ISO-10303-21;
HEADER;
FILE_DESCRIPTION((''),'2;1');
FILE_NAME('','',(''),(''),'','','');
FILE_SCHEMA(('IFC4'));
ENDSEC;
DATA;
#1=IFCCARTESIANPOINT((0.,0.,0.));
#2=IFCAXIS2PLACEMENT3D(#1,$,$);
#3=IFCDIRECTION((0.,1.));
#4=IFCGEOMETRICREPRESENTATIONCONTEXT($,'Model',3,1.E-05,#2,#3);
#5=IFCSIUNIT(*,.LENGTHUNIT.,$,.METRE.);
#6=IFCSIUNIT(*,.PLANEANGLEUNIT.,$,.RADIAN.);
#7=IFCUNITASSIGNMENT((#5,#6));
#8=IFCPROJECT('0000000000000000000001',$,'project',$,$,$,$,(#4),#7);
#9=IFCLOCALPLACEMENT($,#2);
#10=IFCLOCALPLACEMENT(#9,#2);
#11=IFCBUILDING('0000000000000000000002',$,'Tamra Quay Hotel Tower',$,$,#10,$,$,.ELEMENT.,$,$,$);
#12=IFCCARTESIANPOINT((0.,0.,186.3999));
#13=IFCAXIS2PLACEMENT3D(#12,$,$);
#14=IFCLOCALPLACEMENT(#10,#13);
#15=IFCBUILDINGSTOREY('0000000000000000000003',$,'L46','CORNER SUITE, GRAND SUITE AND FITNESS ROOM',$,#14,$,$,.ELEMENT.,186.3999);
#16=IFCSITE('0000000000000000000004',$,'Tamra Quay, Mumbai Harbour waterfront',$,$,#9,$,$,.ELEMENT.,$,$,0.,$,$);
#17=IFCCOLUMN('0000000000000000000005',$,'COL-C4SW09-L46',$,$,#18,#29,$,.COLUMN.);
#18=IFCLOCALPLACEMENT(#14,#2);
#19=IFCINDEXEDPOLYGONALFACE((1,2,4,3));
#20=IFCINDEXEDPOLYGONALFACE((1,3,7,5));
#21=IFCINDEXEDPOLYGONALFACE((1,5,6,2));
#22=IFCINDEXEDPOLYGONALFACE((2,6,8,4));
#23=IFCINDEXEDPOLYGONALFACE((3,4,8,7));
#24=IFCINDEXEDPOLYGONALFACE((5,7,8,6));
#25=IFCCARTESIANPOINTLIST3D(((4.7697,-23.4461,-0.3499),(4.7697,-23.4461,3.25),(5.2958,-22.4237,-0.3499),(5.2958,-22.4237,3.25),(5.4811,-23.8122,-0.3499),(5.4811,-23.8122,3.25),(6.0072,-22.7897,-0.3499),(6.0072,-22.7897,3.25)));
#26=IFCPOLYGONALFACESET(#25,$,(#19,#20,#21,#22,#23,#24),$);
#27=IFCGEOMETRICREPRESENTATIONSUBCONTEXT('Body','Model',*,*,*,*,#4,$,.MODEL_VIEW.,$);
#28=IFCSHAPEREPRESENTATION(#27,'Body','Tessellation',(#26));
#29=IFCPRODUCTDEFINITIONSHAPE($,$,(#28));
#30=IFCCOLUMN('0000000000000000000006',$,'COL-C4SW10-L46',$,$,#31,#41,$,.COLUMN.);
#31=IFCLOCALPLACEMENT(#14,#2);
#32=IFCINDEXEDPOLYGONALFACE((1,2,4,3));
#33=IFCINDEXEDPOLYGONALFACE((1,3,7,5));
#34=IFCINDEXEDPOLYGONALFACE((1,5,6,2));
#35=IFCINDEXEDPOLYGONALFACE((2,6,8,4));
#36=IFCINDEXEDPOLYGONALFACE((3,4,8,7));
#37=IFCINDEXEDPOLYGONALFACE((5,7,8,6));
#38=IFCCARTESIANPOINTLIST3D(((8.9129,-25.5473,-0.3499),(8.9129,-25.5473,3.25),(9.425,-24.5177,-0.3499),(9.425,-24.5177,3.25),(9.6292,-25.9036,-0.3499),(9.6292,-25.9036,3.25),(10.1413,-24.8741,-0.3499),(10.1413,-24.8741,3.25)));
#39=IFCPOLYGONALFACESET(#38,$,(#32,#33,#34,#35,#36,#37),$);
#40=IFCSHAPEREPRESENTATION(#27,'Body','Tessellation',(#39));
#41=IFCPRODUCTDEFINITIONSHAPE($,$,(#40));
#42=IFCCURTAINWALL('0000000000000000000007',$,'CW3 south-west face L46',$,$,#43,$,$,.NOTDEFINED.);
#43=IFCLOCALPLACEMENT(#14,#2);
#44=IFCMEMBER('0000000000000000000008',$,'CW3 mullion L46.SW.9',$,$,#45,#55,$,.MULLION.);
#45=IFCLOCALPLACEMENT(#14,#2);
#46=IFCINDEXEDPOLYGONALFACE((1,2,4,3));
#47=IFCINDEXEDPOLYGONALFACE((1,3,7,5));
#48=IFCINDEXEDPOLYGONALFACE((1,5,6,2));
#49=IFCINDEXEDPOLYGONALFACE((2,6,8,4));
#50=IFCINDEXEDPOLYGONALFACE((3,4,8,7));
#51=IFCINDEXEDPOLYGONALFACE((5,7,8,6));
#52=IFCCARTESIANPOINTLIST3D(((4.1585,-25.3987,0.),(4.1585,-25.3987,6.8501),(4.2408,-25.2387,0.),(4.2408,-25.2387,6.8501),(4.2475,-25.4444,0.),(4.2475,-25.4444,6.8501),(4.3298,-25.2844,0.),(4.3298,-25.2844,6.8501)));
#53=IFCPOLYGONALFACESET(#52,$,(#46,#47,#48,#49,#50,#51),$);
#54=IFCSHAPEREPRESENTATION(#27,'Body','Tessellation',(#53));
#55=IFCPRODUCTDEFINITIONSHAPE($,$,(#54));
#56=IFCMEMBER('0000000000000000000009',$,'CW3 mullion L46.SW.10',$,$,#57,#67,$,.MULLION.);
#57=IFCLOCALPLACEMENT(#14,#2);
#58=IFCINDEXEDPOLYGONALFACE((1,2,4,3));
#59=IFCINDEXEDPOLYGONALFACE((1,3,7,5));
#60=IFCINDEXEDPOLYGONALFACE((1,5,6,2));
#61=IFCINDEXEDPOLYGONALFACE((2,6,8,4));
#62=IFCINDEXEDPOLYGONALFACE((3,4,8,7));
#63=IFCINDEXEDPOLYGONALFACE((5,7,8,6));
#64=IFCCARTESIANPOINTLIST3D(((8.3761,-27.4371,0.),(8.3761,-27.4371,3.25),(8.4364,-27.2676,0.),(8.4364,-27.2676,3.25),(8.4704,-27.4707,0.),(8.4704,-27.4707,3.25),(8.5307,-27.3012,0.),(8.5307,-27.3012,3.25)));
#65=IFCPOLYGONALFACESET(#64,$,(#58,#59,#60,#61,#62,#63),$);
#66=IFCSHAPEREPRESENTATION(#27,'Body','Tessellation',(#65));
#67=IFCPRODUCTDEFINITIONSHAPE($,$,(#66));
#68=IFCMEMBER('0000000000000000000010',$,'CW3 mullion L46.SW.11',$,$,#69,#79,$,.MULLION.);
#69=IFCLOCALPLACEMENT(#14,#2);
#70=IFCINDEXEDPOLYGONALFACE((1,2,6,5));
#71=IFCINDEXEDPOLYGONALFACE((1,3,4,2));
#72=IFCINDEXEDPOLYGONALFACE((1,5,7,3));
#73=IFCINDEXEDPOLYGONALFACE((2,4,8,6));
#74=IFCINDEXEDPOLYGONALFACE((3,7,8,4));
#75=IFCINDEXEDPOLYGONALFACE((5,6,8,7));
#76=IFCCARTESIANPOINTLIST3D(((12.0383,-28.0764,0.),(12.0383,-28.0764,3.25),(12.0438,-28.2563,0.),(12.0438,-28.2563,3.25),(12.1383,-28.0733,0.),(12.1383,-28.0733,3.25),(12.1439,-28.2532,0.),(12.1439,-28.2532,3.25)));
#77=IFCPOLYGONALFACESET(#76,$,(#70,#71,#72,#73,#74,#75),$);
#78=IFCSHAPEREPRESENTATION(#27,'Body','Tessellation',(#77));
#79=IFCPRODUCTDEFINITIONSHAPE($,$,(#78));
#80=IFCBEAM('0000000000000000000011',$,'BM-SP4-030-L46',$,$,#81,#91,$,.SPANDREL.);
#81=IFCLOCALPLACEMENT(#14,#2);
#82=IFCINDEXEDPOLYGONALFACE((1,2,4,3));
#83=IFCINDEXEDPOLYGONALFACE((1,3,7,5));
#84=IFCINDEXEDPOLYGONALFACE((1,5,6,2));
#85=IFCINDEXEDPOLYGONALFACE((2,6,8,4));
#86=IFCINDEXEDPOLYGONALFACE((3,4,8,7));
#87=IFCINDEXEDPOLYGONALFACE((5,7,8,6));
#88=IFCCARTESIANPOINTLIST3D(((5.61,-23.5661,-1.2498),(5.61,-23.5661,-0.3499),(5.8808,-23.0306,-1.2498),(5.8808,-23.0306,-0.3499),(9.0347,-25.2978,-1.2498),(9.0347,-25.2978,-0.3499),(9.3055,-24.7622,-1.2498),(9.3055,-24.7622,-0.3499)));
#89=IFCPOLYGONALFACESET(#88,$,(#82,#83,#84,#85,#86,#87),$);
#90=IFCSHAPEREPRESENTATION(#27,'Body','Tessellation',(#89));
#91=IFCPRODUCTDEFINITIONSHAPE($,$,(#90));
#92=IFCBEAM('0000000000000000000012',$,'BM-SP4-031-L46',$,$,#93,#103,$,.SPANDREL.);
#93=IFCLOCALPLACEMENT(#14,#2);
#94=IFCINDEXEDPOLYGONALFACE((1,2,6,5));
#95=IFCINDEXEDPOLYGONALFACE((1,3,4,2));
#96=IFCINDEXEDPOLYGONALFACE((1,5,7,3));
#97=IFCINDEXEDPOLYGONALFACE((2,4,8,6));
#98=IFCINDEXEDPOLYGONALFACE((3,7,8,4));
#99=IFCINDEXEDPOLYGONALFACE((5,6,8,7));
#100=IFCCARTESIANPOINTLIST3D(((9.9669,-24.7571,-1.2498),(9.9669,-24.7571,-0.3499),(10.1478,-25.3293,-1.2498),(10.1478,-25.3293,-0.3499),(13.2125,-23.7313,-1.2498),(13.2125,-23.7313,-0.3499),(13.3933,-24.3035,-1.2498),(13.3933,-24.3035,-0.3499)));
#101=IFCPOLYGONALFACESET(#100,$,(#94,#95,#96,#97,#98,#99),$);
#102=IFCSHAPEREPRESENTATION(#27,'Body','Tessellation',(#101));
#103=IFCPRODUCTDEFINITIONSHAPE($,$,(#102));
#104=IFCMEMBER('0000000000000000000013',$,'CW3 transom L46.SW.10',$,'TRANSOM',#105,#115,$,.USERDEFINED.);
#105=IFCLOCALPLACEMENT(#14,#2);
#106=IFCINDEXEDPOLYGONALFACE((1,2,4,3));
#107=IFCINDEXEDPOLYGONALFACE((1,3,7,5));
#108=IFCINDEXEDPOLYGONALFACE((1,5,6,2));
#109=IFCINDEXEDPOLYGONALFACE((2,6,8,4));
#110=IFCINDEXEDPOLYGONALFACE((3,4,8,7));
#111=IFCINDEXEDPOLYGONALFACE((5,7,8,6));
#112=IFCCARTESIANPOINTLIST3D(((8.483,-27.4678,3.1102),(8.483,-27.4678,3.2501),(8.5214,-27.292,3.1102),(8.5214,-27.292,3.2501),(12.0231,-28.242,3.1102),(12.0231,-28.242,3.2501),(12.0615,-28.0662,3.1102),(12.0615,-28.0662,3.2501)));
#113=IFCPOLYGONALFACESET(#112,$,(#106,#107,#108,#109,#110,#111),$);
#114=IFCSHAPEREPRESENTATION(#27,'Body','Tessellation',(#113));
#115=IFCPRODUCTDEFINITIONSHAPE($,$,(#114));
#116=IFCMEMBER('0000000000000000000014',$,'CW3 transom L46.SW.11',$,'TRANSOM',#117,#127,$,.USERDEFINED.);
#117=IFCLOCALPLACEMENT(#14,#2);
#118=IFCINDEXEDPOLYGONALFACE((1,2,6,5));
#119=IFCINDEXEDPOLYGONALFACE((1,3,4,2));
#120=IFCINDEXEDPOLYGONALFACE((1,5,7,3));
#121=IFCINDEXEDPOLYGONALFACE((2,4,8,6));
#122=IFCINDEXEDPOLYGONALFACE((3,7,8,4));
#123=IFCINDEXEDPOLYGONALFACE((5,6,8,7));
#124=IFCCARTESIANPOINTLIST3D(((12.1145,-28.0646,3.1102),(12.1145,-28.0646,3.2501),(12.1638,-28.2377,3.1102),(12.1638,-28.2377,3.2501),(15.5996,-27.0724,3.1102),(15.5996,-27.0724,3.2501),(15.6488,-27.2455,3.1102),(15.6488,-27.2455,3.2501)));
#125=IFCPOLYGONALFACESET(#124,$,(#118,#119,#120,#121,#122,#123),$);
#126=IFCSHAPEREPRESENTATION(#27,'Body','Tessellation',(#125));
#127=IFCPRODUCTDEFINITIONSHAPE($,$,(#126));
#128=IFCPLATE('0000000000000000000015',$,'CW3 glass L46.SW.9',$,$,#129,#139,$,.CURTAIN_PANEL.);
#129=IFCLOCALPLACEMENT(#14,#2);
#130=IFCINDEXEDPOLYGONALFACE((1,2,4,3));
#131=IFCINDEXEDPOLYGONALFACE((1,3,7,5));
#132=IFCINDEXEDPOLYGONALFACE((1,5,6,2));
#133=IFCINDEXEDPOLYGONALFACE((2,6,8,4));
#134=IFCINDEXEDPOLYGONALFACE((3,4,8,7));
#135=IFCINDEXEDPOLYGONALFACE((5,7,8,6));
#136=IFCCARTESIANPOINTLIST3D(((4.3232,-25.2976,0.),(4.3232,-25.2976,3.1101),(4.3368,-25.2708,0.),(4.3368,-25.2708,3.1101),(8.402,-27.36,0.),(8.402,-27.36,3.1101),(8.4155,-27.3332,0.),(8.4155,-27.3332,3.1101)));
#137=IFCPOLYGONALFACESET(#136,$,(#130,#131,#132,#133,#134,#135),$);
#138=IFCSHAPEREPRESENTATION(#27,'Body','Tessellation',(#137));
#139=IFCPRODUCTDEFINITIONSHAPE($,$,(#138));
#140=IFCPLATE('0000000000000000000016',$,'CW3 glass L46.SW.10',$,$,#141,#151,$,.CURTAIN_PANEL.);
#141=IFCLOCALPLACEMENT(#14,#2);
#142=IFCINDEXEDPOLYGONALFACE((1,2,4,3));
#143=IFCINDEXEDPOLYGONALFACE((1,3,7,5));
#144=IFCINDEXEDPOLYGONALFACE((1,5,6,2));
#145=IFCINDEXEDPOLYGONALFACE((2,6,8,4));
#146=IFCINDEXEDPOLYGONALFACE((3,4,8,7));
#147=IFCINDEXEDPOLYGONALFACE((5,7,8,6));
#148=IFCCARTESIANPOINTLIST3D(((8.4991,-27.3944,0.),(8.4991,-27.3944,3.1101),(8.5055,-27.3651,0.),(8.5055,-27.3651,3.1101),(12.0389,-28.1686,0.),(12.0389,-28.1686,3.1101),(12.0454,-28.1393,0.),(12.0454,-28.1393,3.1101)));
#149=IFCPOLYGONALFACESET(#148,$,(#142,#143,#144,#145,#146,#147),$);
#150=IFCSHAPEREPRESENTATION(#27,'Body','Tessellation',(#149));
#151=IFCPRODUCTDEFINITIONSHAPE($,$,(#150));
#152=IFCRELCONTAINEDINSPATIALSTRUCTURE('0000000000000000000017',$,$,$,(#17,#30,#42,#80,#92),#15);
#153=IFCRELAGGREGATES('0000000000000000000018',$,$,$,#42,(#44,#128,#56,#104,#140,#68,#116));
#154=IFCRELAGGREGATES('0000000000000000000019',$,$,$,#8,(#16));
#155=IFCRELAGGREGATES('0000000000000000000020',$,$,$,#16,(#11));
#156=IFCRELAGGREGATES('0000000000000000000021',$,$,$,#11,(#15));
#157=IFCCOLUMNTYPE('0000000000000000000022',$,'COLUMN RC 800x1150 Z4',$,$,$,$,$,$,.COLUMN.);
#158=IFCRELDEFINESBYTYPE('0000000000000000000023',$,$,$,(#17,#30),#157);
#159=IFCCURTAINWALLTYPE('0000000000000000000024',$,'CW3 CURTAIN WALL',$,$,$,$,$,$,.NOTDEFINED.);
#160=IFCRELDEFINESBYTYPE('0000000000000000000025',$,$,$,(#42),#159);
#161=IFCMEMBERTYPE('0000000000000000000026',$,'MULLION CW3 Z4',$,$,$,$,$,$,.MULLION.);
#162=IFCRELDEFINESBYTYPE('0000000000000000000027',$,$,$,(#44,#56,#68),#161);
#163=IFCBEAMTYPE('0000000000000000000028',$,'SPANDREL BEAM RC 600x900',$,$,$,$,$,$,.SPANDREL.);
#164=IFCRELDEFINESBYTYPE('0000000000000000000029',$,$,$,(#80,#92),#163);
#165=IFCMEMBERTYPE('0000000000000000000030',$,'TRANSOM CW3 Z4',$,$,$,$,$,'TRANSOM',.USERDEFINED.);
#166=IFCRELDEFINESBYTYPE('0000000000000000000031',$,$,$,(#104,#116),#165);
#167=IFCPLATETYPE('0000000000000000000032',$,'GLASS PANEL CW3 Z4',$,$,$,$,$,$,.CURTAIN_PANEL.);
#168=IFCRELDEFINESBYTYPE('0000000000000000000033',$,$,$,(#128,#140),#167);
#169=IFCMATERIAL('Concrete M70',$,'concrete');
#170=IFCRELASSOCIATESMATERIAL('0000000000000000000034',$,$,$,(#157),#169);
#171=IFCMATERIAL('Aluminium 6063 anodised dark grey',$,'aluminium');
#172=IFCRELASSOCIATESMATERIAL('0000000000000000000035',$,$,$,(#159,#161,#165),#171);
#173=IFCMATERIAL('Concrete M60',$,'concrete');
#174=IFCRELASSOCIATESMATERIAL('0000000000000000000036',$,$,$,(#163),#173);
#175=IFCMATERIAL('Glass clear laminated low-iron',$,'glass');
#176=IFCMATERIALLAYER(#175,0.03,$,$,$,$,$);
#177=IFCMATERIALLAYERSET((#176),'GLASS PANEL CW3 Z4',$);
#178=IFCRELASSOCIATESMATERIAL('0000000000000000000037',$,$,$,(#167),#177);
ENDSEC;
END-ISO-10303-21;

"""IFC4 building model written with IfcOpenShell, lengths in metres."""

from ifc_helpers import new_model, si_unit, direction, frame, origin, origin_2d, place, context, subcontext, project, spatial, rectangle, extrude, material, layer, layer_set, material_profile, profile_set, type_object, element, aggregate, save


model = new_model("IFC4")

# Units and contexts
model_context = context("Model", 3, precision=1e-05, world=origin(), true_north=direction((0.0, 1.0)))
body_context = subcontext(model_context, "Body", "Model", "MODEL_VIEW")
ifc_project = project(units=[si_unit("LENGTHUNIT", "METRE"), si_unit("PLANEANGLEUNIT", "RADIAN")], contexts=[model_context])

# Site, building, storey
site_placement = place(None, origin())
site = spatial("IfcSite", under=ifc_project, at=site_placement, Name="Tamra Quay, Mumbai Harbour waterfront", CompositionType="ELEMENT", RefElevation=0.0)
building_placement = place(site_placement, origin())
building = spatial("IfcBuilding", under=site, at=building_placement, Name="Tamra Quay Hotel Tower", CompositionType="ELEMENT")
storey_placement = place(building_placement, frame((0.0, 0.0, 186.3999)))
storey = spatial("IfcBuildingStorey", under=building, at=storey_placement, Name="L46", Description="CORNER SUITE, GRAND SUITE AND FITNESS ROOM", CompositionType="ELEMENT", Elevation=186.3999)

# Columns
ifc_material_1 = material(Name="Concrete M70", Category="concrete")
ifc_material_profile_1 = material_profile(ifc_material_1, rectangle(XDim=1.1499, YDim=0.8, at=origin_2d()), Name="COLUMN RC 800x1150 Z4")
ifc_profile_set_1 = profile_set([ifc_material_profile_1], Name="Concrete M70")
column_type = type_object("IfcColumnType", Name="COLUMN RC 800x1150 Z4", PredefinedType="COLUMN", material=ifc_profile_set_1)
for number, where, z_axis, x_axis, name in (
    (1, (5.3884, -23.1179, -0.3499), (0.0, 0.0, 1.0), (0.457548, 0.889185, 0.0), "COL-C4SW09-L46"),
    (2, (9.5271, -25.2107, -0.3499), (0.0, 0.0, 1.0), (0.445415, 0.895324, 0.0), "COL-C4SW10-L46"),
):
    element("IfcColumn", number, at=place(storey_placement, frame(where, z_axis=z_axis, x_axis=x_axis)), inside=storey, type_object=column_type, Name=name, PredefinedType="COLUMN", context=body_context, shape_type="SweptSolid", body=[
        extrude(rectangle(XDim=1.1499, YDim=0.8, at=origin_2d()), origin(), (0.0, 0.0, 1.0), 3.5999),
    ])

# Curtain wall, members
ifc_material_2 = material(Name="Aluminium 6063 anodised dark grey", Category="aluminium")
curtain_wall_type = type_object("IfcCurtainWallType", Name="CW3 CURTAIN WALL", PredefinedType="NOTDEFINED", material=ifc_material_2)
curtain_wall_placement = place(storey_placement, origin())
curtain_wall = element("IfcCurtainWall", 3, at=curtain_wall_placement, inside=storey, type_object=curtain_wall_type, Name="CW3 south-west face L46", PredefinedType="NOTDEFINED")
ifc_material_profile_2 = material_profile(ifc_material_2, rectangle(XDim=0.1799, YDim=0.1001, at=origin_2d()), Name="MULLION 100X180")
ifc_profile_set_2 = profile_set([ifc_material_profile_2], Name="Aluminium 6063 anodised dark grey")
member_type_1 = type_object("IfcMemberType", Name="MULLION CW3 Z4", PredefinedType="MULLION", material=ifc_profile_set_2)
member_1_placement = place(storey_placement, frame((4.2441, -25.3416, 0.0), z_axis=(0.0, 0.0, 1.0), x_axis=(-0.457401, -0.88926, 0.0)))
member_1 = element("IfcMember", 4, at=member_1_placement, type_object=member_type_1, Name="CW3 mullion L46.SW.9", PredefinedType="MULLION", context=body_context, shape_type="SweptSolid", body=[
    extrude(rectangle(XDim=0.1799, YDim=0.1001, at=origin_2d()), origin(), (0.0, 0.0, 1.0), 6.8501),
])
member_2_placement = place(storey_placement, frame((8.4534, -27.3691, 0.0), z_axis=(0.0, 0.0, 1.0), x_axis=(-0.335128, -0.942172, 0.0)))
member_2 = element("IfcMember", 5, at=member_2_placement, type_object=member_type_1, Name="CW3 mullion L46.SW.10", PredefinedType="MULLION", context=body_context, shape_type="SweptSolid", body=[
    extrude(rectangle(XDim=0.1799, YDim=0.1001, at=origin_2d()), origin(), (0.0, 0.0, 1.0), 3.25),
])
member_3_placement = place(storey_placement, frame((12.0911, -28.1648, 0.0), z_axis=(0.0, 0.0, 1.0), x_axis=(0.030975, -0.99952, 0.0)))
member_3 = element("IfcMember", 6, at=member_3_placement, type_object=member_type_1, Name="CW3 mullion L46.SW.11", PredefinedType="MULLION", context=body_context, shape_type="SweptSolid", body=[
    extrude(rectangle(XDim=0.1799, YDim=0.1001, at=origin_2d()), origin(), (0.0, 0.0, 1.0), 3.25),
])

# Beams
ifc_material_3 = material(Name="Concrete M60", Category="concrete")
ifc_material_profile_3 = material_profile(ifc_material_3, rectangle(XDim=0.6001, YDim=0.8999, at=origin_2d()), Name="SPANDREL BEAM RC 600x900")
ifc_profile_set_3 = profile_set([ifc_material_profile_3], Name="Concrete M60")
beam_type = type_object("IfcBeamType", Name="SPANDREL BEAM RC 600x900", PredefinedType="SPANDREL", material=ifc_profile_set_3)
beam_1_placement = place(storey_placement, frame((5.7454, -23.2983, -0.7998), z_axis=(0.892408, -0.45123, 0.0), x_axis=(0.45123, 0.892408, 0.0)))
element("IfcBeam", 7, at=beam_1_placement, inside=storey, type_object=beam_type, Name="BM-SP4-030-L46", PredefinedType="SPANDREL", context=body_context, shape_type="SweptSolid", body=[
    extrude(rectangle(XDim=0.6001, YDim=0.8999, at=origin_2d()), origin(), (0.0, 0.0, 1.0), 3.8376),
])
beam_2_placement = place(storey_placement, frame((10.0574, -25.0432, -0.7998), z_axis=(0.953502, 0.301385, 0.0), x_axis=(-0.301385, 0.953502, 0.0)))
element("IfcBeam", 8, at=beam_2_placement, inside=storey, type_object=beam_type, Name="BM-SP4-031-L46", PredefinedType="SPANDREL", context=body_context, shape_type="SweptSolid", body=[
    extrude(rectangle(XDim=0.6001, YDim=0.8999, at=origin_2d()), origin(), (0.0, 0.0, 1.0), 3.4038),
])

# Members
ifc_material_profile_4 = material_profile(ifc_material_2, rectangle(XDim=0.1799, YDim=0.1399, at=origin_2d()), Name="TRANSOM 180X140")
ifc_profile_set_4 = profile_set([ifc_material_profile_4], Name="Aluminium 6063 anodised dark grey")
member_type_2 = type_object("IfcMemberType", Name="TRANSOM CW3 Z4", ElementType="TRANSOM", PredefinedType="USERDEFINED", material=ifc_profile_set_4)
member_4_placement = place(storey_placement, frame((8.5022, -27.3799, 3.1802), z_axis=(0.976912, -0.213641, 0.0), x_axis=(0.213641, 0.976912, 0.0)))
member_4 = element("IfcMember", 9, at=member_4_placement, type_object=member_type_2, Name="CW3 transom L46.SW.10", ObjectType="TRANSOM", PredefinedType="USERDEFINED", context=body_context, shape_type="SweptSolid", body=[
    extrude(rectangle(XDim=0.1799, YDim=0.1399, at=origin_2d()), origin(), (0.0, 0.0, 1.0), 3.6238),
])
member_5_placement = place(storey_placement, frame((12.1392, -28.1511, 3.1802), z_axis=(0.961783, 0.273813, 0.0), x_axis=(-0.273813, 0.961783, 0.0)))
member_5 = element("IfcMember", 10, at=member_5_placement, type_object=member_type_2, Name="CW3 transom L46.SW.11", ObjectType="TRANSOM", PredefinedType="USERDEFINED", context=body_context, shape_type="SweptSolid", body=[
    extrude(rectangle(XDim=0.1799, YDim=0.1399, at=origin_2d()), origin(), (0.0, 0.0, 1.0), 3.6235),
])

# Plates
ifc_material_4 = material(Name="Glass clear laminated low-iron", Category="glass")
ifc_layer_1 = layer(ifc_material_4, 0.03)
ifc_layer_set_1 = layer_set([ifc_layer_1], Name="GLASS PANEL CW3 Z4")
plate_type = type_object("IfcPlateType", Name="GLASS PANEL CW3 Z4", PredefinedType="CURTAIN_PANEL", material=ifc_layer_set_1)
plate_1_placement = place(storey_placement, frame((6.3694, -26.3154, 0.0), z_axis=(0.0, 0.0, 1.0), x_axis=(0.892403, -0.45124, 0.0)))
plate_1 = element("IfcPlate", 11, at=plate_1_placement, type_object=plate_type, Name="CW3 glass L46.SW.9", PredefinedType="CURTAIN_PANEL", context=body_context, shape_type="SweptSolid", body=[
    extrude(rectangle(XDim=4.5706, YDim=0.03, at=origin_2d()), origin(), (0.0, 0.0, 1.0), 3.1101),
])
plate_2_placement = place(storey_placement, frame((10.2722, -27.7668, 0.0), z_axis=(0.0, 0.0, 1.0), x_axis=(0.976906, -0.213669, 0.0)))
plate_2 = element("IfcPlate", 12, at=plate_2_placement, type_object=plate_type, Name="CW3 glass L46.SW.10", PredefinedType="CURTAIN_PANEL", context=body_context, shape_type="SweptSolid", body=[
    extrude(rectangle(XDim=3.6235, YDim=0.03, at=origin_2d()), origin(), (0.0, 0.0, 1.0), 3.1101),
])
aggregate(curtain_wall, [member_1, plate_1, member_2, member_4, plate_2, member_3, member_5])

save(model, "model.ifc")
